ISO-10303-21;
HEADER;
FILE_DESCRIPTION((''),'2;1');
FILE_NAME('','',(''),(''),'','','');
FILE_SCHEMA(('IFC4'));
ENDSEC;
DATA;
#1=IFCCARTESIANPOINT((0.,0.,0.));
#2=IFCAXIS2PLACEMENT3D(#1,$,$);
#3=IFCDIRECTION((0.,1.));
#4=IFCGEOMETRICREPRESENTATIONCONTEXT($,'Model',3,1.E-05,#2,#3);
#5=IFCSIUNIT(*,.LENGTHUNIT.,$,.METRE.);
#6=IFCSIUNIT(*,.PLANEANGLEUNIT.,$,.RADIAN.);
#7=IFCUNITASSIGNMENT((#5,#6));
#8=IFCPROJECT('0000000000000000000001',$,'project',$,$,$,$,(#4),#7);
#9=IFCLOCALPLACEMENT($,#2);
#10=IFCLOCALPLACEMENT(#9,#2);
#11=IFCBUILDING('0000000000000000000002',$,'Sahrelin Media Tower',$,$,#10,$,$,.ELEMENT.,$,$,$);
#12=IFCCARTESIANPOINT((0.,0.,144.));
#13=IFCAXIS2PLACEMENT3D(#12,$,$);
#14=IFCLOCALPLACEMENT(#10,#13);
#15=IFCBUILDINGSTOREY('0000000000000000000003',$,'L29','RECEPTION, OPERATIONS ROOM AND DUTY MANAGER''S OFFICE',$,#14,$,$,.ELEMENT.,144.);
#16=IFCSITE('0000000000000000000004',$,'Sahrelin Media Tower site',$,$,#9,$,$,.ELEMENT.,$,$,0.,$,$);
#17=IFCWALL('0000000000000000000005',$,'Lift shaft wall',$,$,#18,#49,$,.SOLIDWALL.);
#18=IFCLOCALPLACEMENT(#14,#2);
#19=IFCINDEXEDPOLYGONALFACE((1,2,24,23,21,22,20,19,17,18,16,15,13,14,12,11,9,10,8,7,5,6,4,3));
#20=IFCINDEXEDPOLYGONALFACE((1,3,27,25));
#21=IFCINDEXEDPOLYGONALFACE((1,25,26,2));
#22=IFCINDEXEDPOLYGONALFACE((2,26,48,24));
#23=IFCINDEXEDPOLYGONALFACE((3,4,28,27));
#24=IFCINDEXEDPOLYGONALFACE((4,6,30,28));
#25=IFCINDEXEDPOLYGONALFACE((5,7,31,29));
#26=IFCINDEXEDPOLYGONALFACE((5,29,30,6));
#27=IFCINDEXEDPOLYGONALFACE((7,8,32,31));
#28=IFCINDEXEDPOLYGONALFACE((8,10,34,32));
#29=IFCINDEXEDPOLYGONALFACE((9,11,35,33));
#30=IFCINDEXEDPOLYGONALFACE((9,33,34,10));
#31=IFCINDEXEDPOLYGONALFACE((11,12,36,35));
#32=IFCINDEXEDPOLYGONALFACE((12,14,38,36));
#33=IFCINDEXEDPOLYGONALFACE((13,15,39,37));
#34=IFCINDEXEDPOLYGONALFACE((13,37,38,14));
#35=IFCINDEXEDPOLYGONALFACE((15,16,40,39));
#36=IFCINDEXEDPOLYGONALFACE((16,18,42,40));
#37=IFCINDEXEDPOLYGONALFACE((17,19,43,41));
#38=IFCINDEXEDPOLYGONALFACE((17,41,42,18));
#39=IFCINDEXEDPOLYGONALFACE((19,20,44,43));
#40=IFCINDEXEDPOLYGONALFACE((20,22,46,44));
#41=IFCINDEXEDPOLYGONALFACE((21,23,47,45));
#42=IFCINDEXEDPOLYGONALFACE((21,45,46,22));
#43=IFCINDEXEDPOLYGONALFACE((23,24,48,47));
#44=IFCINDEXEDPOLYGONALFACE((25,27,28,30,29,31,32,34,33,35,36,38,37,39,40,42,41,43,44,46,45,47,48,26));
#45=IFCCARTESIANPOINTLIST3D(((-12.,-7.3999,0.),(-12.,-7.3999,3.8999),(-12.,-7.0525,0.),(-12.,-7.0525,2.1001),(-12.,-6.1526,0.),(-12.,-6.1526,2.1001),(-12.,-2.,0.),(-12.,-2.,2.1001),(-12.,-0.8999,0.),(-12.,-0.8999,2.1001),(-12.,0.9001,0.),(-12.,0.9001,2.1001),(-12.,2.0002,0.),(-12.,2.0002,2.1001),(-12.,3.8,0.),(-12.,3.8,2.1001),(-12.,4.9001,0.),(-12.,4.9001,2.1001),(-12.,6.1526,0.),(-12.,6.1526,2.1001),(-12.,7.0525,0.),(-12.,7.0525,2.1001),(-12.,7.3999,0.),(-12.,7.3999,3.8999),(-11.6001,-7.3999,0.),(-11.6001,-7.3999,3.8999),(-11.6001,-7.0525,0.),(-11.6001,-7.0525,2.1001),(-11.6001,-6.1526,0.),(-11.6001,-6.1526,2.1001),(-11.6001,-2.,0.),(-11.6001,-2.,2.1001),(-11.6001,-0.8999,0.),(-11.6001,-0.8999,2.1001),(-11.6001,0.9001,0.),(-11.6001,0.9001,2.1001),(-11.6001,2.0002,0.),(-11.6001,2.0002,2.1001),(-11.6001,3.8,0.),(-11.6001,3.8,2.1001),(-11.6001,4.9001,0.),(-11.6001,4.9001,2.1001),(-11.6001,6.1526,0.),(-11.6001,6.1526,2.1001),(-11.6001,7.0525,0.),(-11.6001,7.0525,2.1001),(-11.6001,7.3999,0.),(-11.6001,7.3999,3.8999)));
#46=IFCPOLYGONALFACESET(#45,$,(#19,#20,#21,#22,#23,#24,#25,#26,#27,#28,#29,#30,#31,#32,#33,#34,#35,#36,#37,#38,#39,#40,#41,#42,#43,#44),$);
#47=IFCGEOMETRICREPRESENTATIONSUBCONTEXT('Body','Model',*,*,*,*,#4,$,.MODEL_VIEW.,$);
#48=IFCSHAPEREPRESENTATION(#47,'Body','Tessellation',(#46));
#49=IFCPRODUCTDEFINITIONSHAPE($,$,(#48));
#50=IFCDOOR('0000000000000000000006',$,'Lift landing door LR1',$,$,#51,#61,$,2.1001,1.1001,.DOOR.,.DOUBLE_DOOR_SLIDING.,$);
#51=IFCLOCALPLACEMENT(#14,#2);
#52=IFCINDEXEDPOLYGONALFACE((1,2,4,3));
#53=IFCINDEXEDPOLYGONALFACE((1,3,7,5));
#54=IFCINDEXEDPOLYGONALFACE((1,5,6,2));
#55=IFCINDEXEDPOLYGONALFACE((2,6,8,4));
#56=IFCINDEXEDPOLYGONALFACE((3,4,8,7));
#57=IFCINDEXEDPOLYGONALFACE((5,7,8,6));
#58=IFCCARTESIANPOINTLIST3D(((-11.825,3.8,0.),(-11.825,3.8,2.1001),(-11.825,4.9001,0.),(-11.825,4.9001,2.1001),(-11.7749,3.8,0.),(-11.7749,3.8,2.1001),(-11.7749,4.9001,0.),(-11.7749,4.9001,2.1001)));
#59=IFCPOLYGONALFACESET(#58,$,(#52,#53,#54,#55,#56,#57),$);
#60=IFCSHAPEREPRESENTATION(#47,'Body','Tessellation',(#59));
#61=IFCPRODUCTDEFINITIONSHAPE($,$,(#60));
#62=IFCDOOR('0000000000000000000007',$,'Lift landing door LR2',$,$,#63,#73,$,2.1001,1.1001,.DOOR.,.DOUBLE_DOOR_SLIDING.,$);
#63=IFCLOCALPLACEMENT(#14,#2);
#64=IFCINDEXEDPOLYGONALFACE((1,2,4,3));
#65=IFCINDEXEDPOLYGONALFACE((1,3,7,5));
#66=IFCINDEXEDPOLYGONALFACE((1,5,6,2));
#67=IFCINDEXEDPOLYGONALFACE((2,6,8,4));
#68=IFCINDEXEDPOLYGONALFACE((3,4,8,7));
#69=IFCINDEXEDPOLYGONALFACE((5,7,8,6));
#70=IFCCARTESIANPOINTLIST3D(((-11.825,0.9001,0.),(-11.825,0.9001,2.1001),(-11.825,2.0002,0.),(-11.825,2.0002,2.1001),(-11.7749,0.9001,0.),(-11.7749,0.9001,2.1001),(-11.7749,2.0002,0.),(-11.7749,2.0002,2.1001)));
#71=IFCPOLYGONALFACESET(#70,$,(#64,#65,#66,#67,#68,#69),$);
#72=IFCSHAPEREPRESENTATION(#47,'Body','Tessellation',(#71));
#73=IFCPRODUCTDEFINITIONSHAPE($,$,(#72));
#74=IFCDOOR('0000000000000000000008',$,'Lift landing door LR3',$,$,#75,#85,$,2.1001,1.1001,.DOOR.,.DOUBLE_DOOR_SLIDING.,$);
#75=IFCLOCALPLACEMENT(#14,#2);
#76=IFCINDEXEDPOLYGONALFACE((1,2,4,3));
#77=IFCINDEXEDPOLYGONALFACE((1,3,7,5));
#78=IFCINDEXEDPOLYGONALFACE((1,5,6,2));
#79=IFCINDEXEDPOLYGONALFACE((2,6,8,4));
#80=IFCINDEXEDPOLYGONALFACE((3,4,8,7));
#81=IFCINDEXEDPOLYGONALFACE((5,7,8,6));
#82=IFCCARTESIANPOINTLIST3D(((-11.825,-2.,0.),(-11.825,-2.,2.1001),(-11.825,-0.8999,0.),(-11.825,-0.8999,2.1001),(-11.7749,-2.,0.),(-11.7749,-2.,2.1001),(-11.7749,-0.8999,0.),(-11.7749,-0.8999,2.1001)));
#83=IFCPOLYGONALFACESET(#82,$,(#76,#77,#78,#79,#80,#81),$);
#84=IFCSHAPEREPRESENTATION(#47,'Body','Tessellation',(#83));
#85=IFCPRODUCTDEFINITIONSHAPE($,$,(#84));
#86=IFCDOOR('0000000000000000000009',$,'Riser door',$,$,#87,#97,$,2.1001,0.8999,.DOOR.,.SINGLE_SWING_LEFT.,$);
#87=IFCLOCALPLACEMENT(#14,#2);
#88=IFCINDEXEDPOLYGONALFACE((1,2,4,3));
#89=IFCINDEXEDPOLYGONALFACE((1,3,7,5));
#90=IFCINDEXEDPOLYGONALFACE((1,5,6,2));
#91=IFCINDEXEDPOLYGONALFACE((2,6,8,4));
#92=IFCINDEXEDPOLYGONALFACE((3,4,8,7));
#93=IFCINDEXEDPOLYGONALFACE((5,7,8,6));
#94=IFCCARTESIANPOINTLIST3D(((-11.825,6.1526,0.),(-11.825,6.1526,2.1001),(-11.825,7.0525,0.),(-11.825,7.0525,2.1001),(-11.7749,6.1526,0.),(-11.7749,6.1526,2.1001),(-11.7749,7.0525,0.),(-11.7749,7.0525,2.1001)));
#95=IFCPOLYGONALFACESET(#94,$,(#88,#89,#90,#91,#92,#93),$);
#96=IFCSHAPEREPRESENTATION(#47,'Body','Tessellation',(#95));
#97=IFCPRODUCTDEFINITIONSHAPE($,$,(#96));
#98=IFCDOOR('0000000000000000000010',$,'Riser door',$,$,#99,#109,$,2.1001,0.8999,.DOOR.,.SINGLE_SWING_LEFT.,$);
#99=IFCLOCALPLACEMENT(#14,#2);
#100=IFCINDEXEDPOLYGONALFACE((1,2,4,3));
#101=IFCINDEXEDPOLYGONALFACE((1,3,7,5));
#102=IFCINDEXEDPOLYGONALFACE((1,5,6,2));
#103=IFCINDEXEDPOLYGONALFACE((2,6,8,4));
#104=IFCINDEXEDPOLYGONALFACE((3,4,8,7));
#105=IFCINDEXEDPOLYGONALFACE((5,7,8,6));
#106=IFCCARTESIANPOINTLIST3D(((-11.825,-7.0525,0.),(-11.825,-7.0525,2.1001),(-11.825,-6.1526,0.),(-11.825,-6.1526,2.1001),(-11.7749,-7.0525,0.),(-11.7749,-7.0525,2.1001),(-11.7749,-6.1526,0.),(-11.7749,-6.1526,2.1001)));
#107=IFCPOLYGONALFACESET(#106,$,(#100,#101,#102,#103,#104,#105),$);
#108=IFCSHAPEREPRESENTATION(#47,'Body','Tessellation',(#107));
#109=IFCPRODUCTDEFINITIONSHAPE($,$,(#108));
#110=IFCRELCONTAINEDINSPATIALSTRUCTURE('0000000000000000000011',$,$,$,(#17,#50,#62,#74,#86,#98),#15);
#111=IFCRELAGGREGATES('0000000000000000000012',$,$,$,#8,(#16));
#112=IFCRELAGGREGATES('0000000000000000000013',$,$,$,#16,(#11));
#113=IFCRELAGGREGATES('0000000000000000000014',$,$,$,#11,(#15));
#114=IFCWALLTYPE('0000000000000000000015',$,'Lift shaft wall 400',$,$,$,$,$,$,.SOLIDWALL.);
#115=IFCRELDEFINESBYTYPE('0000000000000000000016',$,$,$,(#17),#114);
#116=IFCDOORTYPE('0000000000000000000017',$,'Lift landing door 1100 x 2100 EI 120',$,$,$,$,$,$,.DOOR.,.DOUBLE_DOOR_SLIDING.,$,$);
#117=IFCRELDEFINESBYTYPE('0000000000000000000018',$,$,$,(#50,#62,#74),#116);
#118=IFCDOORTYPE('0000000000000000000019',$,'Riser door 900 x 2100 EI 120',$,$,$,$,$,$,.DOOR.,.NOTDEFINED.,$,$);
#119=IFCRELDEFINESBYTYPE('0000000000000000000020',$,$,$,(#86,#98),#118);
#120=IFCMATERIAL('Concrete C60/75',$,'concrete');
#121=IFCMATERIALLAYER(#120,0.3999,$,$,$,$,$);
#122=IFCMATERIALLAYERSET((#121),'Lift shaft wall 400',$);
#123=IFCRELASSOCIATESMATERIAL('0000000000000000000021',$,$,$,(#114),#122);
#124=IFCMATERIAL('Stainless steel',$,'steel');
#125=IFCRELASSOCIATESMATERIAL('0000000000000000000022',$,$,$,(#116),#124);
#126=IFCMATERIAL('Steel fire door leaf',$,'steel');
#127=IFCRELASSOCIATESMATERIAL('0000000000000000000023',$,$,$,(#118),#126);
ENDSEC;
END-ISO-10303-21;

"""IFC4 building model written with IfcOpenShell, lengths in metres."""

from ifc_helpers import new_model, si_unit, direction, frame, frame_2d, origin, place, context, subcontext, project, spatial, rectangle, extrude, material, layer, layer_set, type_object, element, fill, save


model = new_model("IFC4")

# Units and contexts
model_context = context("Model", 3, precision=1e-05, world=origin(), true_north=direction((0.0, 1.0)))
body_context = subcontext(model_context, "Body", "Model", "MODEL_VIEW")
ifc_project = project(units=[si_unit("LENGTHUNIT", "METRE"), si_unit("PLANEANGLEUNIT", "RADIAN")], contexts=[model_context])

# Site, building, storey
site_placement = place(None, origin())
site = spatial("IfcSite", under=ifc_project, at=site_placement, Name="Sahrelin Media Tower site", CompositionType="ELEMENT", RefElevation=0.0)
building_placement = place(site_placement, origin())
building = spatial("IfcBuilding", under=site, at=building_placement, Name="Sahrelin Media Tower", CompositionType="ELEMENT")
storey_placement = place(building_placement, frame((0.0, 0.0, 144.0)))
storey = spatial("IfcBuildingStorey", under=building, at=storey_placement, Name="L29", Description="RECEPTION, OPERATIONS ROOM AND DUTY MANAGER'S OFFICE", CompositionType="ELEMENT", Elevation=144.0)

# Shared definitions
ifc_material_1 = material(Name="Concrete C60/75", Category="concrete")
ifc_material_2 = material(Name="Steel fire door leaf", Category="steel")

# Wall, openings, doors
ifc_layer_1 = layer(ifc_material_1, 0.3999)
ifc_layer_set_1 = layer_set([ifc_layer_1], Name="Lift shaft wall 400")
wall_type_1 = type_object("IfcWallType", Name="Lift shaft wall 400", PredefinedType="SOLIDWALL", material=ifc_layer_set_1)
wall_1_placement = place(storey_placement, frame((-11.8, -7.3999, 0.0), z_axis=(0.0, 0.0, 1.0), x_axis=(0.0, 1.0, 0.0)))
wall_1 = element("IfcWall", 1, at=wall_1_placement, inside=storey, type_object=wall_type_1, Name="Lift shaft wall", PredefinedType="SOLIDWALL", context=body_context, shape_type="SweptSolid", body=[
    extrude(rectangle(XDim=14.7998, YDim=0.3999, at=frame_2d((7.3999, 0.0))), origin(), (0.0, 0.0, 1.0), 3.8999),
])
opening_1_placement = place(wall_1_placement, frame((11.2, 0.0, 0.0)))
opening_1 = element("IfcOpeningElement", 2, at=opening_1_placement, cuts=wall_1, PredefinedType="OPENING", context=body_context, shape_type="SweptSolid", body=[
    extrude(rectangle(XDim=1.1001, YDim=2.1001, at=frame_2d((0.55, 1.05))), frame((0.0, 0.2, 0.0), z_axis=(0.0, -1.0, 0.0), x_axis=(1.0, 0.0, 0.0)), (0.0, 0.0, 1.0), 0.3999),
])
opening_2_placement = place(wall_1_placement, frame((8.3, 0.0, 0.0)))
opening_2 = element("IfcOpeningElement", 3, at=opening_2_placement, cuts=wall_1, PredefinedType="OPENING", context=body_context, shape_type="SweptSolid", body=[
    extrude(rectangle(XDim=1.1001, YDim=2.1001, at=frame_2d((0.55, 1.05))), frame((0.0, 0.2, 0.0), z_axis=(0.0, -1.0, 0.0), x_axis=(1.0, 0.0, 0.0)), (0.0, 0.0, 1.0), 0.3999),
])
opening_3_placement = place(wall_1_placement, frame((5.3999, 0.0, 0.0)))
opening_3 = element("IfcOpeningElement", 4, at=opening_3_placement, cuts=wall_1, PredefinedType="OPENING", context=body_context, shape_type="SweptSolid", body=[
    extrude(rectangle(XDim=1.1001, YDim=2.1001, at=frame_2d((0.55, 1.05))), frame((0.0, 0.2, 0.0), z_axis=(0.0, -1.0, 0.0), x_axis=(1.0, 0.0, 0.0)), (0.0, 0.0, 1.0), 0.3999),
])
opening_4_placement = place(wall_1_placement, frame((13.5525, 0.0, 0.0)))
opening_4 = element("IfcOpeningElement", 5, at=opening_4_placement, cuts=wall_1, PredefinedType="OPENING", context=body_context, shape_type="SweptSolid", body=[
    extrude(rectangle(XDim=0.8999, YDim=2.1001, at=frame_2d((0.45, 1.05))), frame((0.0, 0.2, 0.0), z_axis=(0.0, -1.0, 0.0), x_axis=(1.0, 0.0, 0.0)), (0.0, 0.0, 1.0), 0.3999),
])
opening_5_placement = place(wall_1_placement, frame((0.3474, 0.0, 0.0)))
opening_5 = element("IfcOpeningElement", 6, at=opening_5_placement, cuts=wall_1, PredefinedType="OPENING", context=body_context, shape_type="SweptSolid", body=[
    extrude(rectangle(XDim=0.8999, YDim=2.1001, at=frame_2d((0.45, 1.05))), frame((0.0, 0.2, 0.0), z_axis=(0.0, -1.0, 0.0), x_axis=(1.0, 0.0, 0.0)), (0.0, 0.0, 1.0), 0.3999),
])
ifc_material_3 = material(Name="Stainless steel", Category="steel")
door_type_1 = type_object("IfcDoorType", Name="Lift landing door 1100 x 2100 EI 120", OperationType="DOUBLE_DOOR_SLIDING", PredefinedType="DOOR", material=ifc_material_3)
door_1_placement = place(opening_1_placement, origin())
door_1 = element("IfcDoor", 7, at=door_1_placement, inside=storey, type_object=door_type_1, Name="Lift landing door LR1", OperationType="DOUBLE_DOOR_SLIDING", OverallHeight=2.1001, OverallWidth=1.1001, PredefinedType="DOOR", context=body_context, shape_type="SweptSolid", body=[
    extrude(rectangle(XDim=1.1001, YDim=2.1001, at=frame_2d((0.55, 1.05))), frame((0.0, 0.0249, 0.0), z_axis=(0.0, -1.0, 0.0), x_axis=(1.0, 0.0, 0.0)), (0.0, 0.0, 1.0), 0.05),
])
fill(opening_1, door_1)
door_2_placement = place(opening_2_placement, origin())
door_2 = element("IfcDoor", 8, at=door_2_placement, inside=storey, type_object=door_type_1, Name="Lift landing door LR2", OperationType="DOUBLE_DOOR_SLIDING", OverallHeight=2.1001, OverallWidth=1.1001, PredefinedType="DOOR", context=body_context, shape_type="SweptSolid", body=[
    extrude(rectangle(XDim=1.1001, YDim=2.1001, at=frame_2d((0.55, 1.05))), frame((0.0, 0.0249, 0.0), z_axis=(0.0, -1.0, 0.0), x_axis=(1.0, 0.0, 0.0)), (0.0, 0.0, 1.0), 0.05),
])
fill(opening_2, door_2)
door_3_placement = place(opening_3_placement, origin())
door_3 = element("IfcDoor", 9, at=door_3_placement, inside=storey, type_object=door_type_1, Name="Lift landing door LR3", OperationType="DOUBLE_DOOR_SLIDING", OverallHeight=2.1001, OverallWidth=1.1001, PredefinedType="DOOR", context=body_context, shape_type="SweptSolid", body=[
    extrude(rectangle(XDim=1.1001, YDim=2.1001, at=frame_2d((0.55, 1.05))), frame((0.0, 0.0249, 0.0), z_axis=(0.0, -1.0, 0.0), x_axis=(1.0, 0.0, 0.0)), (0.0, 0.0, 1.0), 0.05),
])
fill(opening_3, door_3)
door_type_2 = type_object("IfcDoorType", Name="Riser door 900 x 2100 EI 120", OperationType="NOTDEFINED", PredefinedType="DOOR", material=ifc_material_2)
door_4_placement = place(opening_4_placement, origin())
door_4 = element("IfcDoor", 10, at=door_4_placement, inside=storey, type_object=door_type_2, Name="Riser door", OperationType="SINGLE_SWING_LEFT", OverallHeight=2.1001, OverallWidth=0.8999, PredefinedType="DOOR", context=body_context, shape_type="SweptSolid", body=[
    extrude(rectangle(XDim=0.8999, YDim=2.1001, at=frame_2d((0.45, 1.05))), frame((0.0, 0.0249, 0.0), z_axis=(0.0, -1.0, 0.0), x_axis=(1.0, 0.0, 0.0)), (0.0, 0.0, 1.0), 0.05),
])
fill(opening_4, door_4)
door_5_placement = place(opening_5_placement, origin())
door_5 = element("IfcDoor", 11, at=door_5_placement, inside=storey, type_object=door_type_2, Name="Riser door", OperationType="SINGLE_SWING_LEFT", OverallHeight=2.1001, OverallWidth=0.8999, PredefinedType="DOOR", context=body_context, shape_type="SweptSolid", body=[
    extrude(rectangle(XDim=0.8999, YDim=2.1001, at=frame_2d((0.45, 1.05))), frame((0.0, 0.0249, 0.0), z_axis=(0.0, -1.0, 0.0), x_axis=(1.0, 0.0, 0.0)), (0.0, 0.0, 1.0), 0.05),
])
fill(opening_5, door_5)

save(model, "model.ifc")
